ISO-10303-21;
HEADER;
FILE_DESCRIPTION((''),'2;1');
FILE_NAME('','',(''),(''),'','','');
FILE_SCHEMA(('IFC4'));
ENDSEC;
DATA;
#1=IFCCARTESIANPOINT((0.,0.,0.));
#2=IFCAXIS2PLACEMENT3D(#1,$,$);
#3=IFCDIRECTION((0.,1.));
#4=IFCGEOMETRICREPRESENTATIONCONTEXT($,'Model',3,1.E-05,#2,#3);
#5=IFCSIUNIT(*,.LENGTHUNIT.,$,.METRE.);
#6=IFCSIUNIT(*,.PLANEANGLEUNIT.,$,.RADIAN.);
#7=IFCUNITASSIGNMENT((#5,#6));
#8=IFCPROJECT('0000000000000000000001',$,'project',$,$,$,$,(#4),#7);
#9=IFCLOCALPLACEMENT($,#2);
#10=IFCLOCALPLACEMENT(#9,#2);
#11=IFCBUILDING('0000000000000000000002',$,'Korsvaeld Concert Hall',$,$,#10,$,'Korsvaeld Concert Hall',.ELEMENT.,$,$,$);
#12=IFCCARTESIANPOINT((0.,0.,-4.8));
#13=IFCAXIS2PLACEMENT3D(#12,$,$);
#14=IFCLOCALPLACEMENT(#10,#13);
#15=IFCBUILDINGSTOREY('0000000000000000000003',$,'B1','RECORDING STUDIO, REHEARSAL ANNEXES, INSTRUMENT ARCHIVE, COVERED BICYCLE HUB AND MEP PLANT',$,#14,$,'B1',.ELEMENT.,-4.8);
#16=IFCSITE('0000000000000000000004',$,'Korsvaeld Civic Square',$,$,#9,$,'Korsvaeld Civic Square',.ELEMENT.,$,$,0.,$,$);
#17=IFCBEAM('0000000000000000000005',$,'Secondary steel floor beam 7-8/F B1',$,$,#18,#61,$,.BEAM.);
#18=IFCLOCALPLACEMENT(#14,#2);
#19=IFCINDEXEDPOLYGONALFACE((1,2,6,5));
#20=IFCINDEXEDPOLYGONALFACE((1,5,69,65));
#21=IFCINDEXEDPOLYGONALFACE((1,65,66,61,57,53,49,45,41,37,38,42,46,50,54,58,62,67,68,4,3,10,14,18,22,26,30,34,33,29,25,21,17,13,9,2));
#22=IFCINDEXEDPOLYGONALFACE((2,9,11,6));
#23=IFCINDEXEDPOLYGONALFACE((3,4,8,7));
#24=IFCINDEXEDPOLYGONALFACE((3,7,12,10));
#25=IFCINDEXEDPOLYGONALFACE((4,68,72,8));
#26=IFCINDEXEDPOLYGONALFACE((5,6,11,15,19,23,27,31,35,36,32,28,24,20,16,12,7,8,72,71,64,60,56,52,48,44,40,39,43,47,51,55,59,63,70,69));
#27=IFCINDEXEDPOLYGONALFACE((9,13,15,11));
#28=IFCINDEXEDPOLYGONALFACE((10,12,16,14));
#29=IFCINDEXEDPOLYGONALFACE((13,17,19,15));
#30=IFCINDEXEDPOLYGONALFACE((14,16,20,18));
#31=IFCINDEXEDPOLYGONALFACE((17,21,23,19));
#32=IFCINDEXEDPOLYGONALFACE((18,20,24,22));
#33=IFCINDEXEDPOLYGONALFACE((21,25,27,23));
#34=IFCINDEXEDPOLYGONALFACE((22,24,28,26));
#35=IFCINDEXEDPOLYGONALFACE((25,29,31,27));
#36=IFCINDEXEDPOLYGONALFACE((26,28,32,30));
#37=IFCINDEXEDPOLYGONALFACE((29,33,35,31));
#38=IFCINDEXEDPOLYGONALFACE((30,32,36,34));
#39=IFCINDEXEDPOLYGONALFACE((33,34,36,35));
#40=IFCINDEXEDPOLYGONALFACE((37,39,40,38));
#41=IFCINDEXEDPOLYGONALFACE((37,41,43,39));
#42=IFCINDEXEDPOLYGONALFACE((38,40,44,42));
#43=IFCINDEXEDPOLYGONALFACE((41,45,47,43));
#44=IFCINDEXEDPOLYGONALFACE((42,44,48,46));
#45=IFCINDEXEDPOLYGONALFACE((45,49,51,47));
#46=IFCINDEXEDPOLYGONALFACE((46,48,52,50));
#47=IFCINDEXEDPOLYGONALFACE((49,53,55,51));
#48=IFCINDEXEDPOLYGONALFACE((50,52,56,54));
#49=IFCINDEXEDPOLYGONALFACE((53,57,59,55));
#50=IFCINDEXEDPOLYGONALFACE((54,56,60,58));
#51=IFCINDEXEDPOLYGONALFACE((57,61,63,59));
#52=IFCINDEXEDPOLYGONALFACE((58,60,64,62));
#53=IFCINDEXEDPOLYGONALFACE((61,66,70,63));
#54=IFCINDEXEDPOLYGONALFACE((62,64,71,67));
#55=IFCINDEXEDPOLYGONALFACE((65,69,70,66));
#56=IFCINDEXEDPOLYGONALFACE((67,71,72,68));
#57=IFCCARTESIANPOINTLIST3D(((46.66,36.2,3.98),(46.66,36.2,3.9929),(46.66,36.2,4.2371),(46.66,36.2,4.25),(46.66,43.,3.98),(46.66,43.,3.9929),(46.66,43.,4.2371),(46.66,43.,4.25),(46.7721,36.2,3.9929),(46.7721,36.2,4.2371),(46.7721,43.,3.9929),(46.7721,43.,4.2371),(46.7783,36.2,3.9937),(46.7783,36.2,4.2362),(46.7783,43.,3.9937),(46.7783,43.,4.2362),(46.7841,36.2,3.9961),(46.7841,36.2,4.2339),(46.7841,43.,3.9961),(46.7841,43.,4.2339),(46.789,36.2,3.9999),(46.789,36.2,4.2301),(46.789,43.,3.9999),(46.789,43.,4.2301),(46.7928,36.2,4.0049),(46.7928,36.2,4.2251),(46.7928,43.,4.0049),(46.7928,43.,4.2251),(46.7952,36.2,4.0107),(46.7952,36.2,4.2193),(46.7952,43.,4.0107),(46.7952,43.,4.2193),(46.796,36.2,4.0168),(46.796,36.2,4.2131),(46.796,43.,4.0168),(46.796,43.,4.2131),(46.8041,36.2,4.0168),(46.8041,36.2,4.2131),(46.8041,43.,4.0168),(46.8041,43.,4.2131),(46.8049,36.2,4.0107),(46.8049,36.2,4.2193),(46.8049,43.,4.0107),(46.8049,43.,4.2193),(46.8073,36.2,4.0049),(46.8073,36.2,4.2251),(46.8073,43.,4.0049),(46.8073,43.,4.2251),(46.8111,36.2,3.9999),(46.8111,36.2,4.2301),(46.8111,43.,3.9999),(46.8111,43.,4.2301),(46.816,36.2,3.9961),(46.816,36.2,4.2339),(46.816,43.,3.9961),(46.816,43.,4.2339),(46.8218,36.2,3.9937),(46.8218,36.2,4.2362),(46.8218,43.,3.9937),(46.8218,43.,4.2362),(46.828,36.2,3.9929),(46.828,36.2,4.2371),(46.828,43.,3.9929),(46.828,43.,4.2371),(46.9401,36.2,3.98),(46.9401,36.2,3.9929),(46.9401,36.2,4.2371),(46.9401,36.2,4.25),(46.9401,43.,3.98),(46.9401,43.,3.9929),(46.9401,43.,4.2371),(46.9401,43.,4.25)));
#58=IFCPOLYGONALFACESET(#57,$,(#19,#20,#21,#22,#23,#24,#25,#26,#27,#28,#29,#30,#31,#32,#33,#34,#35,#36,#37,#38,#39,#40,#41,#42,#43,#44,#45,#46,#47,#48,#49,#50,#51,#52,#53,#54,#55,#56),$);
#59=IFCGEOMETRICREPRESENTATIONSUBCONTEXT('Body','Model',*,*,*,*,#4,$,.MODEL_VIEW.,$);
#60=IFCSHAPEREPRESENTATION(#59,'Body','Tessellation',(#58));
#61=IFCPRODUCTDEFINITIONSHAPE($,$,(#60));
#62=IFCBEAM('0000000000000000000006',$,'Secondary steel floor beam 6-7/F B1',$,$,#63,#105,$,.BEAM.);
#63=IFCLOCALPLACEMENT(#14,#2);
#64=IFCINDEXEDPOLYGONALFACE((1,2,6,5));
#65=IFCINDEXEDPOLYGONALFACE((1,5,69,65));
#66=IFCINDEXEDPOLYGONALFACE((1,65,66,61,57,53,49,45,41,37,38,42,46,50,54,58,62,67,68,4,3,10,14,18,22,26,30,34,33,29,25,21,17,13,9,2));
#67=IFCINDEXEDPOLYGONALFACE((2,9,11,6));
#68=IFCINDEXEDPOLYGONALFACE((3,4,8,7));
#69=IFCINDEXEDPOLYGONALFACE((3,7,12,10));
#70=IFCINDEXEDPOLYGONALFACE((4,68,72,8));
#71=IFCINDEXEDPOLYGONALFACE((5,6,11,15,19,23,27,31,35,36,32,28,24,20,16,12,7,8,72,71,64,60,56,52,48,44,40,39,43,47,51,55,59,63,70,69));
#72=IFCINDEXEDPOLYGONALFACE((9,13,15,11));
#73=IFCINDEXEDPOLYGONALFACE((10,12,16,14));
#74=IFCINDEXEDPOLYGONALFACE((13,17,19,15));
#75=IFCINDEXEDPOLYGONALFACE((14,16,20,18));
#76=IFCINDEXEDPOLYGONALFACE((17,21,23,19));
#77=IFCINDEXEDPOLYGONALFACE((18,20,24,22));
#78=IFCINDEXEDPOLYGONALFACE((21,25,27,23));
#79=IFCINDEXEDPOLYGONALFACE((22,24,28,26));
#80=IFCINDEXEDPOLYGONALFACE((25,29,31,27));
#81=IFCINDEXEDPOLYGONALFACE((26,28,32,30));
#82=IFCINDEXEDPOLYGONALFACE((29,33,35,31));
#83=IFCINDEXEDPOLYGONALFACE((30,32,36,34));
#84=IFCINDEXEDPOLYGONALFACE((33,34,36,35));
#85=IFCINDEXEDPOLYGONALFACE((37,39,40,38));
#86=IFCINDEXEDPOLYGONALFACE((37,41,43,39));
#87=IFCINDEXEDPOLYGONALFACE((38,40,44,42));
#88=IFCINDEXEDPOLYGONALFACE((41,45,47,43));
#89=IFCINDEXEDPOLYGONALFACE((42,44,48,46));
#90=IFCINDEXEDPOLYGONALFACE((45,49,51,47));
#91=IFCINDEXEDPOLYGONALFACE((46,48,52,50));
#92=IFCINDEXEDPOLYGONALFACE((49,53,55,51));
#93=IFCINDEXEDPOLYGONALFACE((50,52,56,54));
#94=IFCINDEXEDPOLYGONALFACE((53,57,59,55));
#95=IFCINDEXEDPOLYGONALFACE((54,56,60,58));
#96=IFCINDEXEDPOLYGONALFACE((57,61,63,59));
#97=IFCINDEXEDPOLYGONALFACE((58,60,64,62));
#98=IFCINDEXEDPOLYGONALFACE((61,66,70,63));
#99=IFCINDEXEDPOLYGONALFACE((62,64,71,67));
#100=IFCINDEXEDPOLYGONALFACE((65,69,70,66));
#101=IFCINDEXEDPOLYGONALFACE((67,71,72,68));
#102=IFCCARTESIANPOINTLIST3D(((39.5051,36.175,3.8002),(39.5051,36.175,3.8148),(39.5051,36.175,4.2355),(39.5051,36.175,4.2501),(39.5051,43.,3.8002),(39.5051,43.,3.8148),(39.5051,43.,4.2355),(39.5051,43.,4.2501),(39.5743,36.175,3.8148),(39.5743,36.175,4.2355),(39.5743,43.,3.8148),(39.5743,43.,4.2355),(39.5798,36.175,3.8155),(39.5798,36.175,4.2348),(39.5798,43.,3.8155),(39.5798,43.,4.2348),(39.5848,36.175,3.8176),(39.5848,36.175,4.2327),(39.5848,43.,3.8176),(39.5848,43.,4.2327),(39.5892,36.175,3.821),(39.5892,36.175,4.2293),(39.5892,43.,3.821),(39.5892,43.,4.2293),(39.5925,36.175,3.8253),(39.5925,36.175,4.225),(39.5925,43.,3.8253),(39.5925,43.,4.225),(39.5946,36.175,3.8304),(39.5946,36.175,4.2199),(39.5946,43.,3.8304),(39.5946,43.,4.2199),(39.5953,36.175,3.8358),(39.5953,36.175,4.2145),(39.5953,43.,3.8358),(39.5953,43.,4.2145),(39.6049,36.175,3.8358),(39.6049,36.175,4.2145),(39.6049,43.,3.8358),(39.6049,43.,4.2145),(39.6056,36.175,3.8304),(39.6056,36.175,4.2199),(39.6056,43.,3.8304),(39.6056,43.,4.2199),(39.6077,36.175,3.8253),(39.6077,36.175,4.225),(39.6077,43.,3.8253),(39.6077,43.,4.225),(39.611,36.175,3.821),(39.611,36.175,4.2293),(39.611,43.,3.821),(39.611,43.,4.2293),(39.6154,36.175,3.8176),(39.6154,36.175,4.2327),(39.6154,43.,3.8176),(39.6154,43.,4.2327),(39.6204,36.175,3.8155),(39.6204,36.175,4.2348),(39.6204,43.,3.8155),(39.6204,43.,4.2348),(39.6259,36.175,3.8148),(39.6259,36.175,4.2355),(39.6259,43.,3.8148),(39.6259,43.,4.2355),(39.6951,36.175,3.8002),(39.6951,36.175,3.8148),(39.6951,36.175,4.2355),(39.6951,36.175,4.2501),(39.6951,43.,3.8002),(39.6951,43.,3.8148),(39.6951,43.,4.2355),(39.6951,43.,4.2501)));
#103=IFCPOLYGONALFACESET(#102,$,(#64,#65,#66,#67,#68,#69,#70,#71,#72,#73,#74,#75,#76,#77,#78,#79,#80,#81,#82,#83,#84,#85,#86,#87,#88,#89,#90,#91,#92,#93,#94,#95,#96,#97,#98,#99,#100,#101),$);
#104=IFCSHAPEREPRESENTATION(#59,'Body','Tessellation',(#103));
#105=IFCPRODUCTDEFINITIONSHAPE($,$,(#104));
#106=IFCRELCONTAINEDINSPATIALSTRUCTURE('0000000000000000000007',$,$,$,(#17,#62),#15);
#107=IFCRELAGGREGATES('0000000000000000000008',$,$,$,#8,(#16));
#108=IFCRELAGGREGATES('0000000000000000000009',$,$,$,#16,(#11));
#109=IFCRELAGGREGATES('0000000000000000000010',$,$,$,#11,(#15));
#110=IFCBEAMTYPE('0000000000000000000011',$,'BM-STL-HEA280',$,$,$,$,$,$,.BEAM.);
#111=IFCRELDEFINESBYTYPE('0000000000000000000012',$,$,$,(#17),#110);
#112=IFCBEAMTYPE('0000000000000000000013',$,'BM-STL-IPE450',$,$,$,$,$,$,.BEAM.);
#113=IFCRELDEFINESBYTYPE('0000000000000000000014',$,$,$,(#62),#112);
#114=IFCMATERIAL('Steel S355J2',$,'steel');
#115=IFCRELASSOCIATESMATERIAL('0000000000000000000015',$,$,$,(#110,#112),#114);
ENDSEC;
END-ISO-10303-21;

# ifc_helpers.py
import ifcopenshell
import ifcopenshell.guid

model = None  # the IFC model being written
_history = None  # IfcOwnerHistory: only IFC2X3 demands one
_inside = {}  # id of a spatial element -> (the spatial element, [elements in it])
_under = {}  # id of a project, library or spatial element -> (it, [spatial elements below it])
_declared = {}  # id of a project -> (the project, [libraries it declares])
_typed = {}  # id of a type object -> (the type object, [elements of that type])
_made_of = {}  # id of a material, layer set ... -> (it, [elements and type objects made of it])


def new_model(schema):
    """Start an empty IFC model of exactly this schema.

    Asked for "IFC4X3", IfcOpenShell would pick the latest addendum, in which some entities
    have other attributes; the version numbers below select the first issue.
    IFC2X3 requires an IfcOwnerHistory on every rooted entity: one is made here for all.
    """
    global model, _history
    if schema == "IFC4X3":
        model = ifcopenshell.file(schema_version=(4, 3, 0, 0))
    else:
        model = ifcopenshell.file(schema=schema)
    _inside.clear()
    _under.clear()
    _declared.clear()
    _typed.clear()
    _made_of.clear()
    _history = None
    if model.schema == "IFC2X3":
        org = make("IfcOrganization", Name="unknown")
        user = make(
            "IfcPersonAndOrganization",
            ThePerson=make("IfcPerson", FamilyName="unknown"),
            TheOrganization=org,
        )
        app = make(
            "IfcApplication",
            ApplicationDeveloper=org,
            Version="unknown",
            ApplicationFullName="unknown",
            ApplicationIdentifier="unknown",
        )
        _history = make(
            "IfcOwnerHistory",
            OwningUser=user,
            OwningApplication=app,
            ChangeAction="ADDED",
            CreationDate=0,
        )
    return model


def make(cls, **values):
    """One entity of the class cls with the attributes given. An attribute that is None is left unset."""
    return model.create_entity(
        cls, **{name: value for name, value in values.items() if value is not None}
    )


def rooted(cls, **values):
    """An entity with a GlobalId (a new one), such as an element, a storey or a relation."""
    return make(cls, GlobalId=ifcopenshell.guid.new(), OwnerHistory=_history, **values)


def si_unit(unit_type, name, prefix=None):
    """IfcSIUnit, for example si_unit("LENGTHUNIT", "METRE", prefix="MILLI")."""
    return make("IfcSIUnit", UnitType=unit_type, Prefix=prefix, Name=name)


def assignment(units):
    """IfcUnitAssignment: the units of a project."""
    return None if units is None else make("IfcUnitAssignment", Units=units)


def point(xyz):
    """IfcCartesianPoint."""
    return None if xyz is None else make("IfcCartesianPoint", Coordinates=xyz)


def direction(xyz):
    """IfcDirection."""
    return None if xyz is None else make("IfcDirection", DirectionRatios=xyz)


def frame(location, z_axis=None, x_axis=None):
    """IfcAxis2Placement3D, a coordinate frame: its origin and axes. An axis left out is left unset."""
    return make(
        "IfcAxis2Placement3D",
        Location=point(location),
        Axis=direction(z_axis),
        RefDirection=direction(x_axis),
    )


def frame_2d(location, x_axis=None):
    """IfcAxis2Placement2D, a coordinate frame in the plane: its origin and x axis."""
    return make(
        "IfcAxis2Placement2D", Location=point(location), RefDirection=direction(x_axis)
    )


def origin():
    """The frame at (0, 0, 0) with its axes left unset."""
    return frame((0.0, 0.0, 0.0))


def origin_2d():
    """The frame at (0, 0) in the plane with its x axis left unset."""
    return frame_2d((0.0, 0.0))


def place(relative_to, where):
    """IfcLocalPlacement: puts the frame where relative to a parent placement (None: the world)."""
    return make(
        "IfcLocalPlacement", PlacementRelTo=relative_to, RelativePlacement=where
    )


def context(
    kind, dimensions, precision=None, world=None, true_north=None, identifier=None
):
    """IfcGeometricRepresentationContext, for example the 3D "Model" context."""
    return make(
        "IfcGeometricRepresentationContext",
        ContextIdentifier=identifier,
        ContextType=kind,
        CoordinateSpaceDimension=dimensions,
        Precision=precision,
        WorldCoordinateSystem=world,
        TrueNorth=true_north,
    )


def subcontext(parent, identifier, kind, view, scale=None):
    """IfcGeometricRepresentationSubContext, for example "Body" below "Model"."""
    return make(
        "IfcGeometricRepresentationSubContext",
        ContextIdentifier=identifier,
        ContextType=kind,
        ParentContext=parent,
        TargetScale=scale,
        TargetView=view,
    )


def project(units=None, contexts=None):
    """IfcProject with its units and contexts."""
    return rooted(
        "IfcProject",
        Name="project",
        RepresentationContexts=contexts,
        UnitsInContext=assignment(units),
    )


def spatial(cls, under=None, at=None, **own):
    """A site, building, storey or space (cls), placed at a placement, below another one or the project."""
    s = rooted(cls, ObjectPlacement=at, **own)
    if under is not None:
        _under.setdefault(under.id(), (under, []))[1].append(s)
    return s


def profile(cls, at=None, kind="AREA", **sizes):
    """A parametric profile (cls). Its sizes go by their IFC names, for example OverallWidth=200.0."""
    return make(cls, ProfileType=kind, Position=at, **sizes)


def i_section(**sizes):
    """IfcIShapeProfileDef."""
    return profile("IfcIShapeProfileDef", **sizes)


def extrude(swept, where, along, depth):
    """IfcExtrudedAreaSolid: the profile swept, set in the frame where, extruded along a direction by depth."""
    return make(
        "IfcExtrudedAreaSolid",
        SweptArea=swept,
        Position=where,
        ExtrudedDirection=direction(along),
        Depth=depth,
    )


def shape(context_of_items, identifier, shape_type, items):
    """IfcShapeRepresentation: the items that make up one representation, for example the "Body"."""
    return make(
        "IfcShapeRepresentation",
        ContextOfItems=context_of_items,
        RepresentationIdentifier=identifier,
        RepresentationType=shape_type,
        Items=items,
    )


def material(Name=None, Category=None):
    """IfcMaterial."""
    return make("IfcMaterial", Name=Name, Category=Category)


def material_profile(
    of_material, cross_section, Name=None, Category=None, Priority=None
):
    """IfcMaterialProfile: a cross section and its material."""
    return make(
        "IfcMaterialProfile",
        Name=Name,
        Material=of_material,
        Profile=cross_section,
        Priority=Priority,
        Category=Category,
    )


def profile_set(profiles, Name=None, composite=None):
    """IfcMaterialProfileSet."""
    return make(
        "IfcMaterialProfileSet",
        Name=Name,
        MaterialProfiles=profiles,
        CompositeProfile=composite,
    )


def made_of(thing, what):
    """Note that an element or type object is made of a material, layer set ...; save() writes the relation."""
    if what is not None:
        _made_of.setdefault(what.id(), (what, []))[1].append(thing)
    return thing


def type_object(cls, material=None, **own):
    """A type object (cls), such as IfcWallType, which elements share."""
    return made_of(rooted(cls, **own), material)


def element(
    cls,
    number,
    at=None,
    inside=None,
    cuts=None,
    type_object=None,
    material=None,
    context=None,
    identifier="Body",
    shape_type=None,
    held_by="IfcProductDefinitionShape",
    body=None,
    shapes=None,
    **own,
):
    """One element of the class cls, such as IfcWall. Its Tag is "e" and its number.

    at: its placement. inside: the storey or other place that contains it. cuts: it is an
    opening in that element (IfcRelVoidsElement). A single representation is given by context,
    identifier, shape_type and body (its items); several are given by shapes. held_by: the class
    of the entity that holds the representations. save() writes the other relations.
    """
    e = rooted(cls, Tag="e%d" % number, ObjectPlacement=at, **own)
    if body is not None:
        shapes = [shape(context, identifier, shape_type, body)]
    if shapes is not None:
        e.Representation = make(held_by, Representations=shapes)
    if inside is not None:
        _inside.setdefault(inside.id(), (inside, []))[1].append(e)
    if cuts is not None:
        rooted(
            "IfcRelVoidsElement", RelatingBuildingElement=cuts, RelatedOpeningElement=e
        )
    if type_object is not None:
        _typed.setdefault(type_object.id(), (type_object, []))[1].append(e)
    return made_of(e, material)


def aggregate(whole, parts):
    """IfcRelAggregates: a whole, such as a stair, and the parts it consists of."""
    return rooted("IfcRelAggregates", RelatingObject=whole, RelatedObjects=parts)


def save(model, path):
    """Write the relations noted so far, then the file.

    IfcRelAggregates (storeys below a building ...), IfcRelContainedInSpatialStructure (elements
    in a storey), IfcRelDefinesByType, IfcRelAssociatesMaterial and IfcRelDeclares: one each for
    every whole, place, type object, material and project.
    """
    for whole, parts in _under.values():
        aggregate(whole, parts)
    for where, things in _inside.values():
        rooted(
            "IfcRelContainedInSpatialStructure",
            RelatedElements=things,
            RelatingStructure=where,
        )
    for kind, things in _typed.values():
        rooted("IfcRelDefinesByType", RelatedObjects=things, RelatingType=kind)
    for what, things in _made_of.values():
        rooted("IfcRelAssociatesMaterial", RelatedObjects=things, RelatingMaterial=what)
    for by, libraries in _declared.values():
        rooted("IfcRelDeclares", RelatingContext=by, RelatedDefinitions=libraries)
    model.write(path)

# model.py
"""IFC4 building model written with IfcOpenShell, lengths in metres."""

from ifc_helpers import new_model, si_unit, direction, frame, origin, origin_2d, place, context, subcontext, project, spatial, i_section, extrude, material, material_profile, profile_set, type_object, element, save


model = new_model("IFC4")

# Units and contexts
model_context = context("Model", 3, precision=1e-05, world=origin(), true_north=direction((0.0, 1.0)))
body_context = subcontext(model_context, "Body", "Model", "MODEL_VIEW")
ifc_project = project(units=[si_unit("LENGTHUNIT", "METRE"), si_unit("PLANEANGLEUNIT", "RADIAN")], contexts=[model_context])

# Site, building, storey
site_placement = place(None, origin())
site = spatial("IfcSite", under=ifc_project, at=site_placement, Name="Korsvaeld Civic Square", LongName="Korsvaeld Civic Square", CompositionType="ELEMENT", RefElevation=0.0)
building_placement = place(site_placement, origin())
building = spatial("IfcBuilding", under=site, at=building_placement, Name="Korsvaeld Concert Hall", LongName="Korsvaeld Concert Hall", CompositionType="ELEMENT")
storey_placement = place(building_placement, frame((0.0, 0.0, -4.8)))
storey = spatial("IfcBuildingStorey", under=building, at=storey_placement, Name="B1", Description="RECORDING STUDIO, REHEARSAL ANNEXES, INSTRUMENT ARCHIVE, COVERED BICYCLE HUB AND MEP PLANT", LongName="B1", CompositionType="ELEMENT", Elevation=-4.8)

# Beams
ifc_material_1 = material(Name="Steel S355J2", Category="steel")
ifc_material_profile_1 = material_profile(ifc_material_1, i_section(OverallWidth=0.28, OverallDepth=0.27, WebThickness=0.0081, FlangeThickness=0.0129, FilletRadius=0.0239, at=origin_2d()), Name="HEA 280")
ifc_profile_set_1 = profile_set([ifc_material_profile_1], Name="Steel S355J2")
beam_type_1 = type_object("IfcBeamType", Name="BM-STL-HEA280", PredefinedType="BEAM", material=ifc_profile_set_1)
beam_1_placement = place(storey_placement, frame((46.8, 36.2, 4.115), z_axis=(0.0, 1.0, 0.0), x_axis=(-1.0, 0.0, 0.0)))
element("IfcBeam", 1, at=beam_1_placement, inside=storey, type_object=beam_type_1, Name="Secondary steel floor beam 7-8/F B1", PredefinedType="BEAM", context=body_context, shape_type="SweptSolid", body=[
    extrude(i_section(OverallWidth=0.28, OverallDepth=0.27, WebThickness=0.0081, FlangeThickness=0.0129, FilletRadius=0.0239, at=origin_2d()), origin(), (0.0, 0.0, 1.0), 6.8),
])
ifc_material_profile_2 = material_profile(ifc_material_1, i_section(OverallWidth=0.1899, OverallDepth=0.45, WebThickness=0.0095, FlangeThickness=0.0146, FilletRadius=0.021, at=origin_2d()), Name="IPE 450")
ifc_profile_set_2 = profile_set([ifc_material_profile_2], Name="Steel S355J2")
beam_type_2 = type_object("IfcBeamType", Name="BM-STL-IPE450", PredefinedType="BEAM", material=ifc_profile_set_2)
beam_2_placement = place(storey_placement, frame((39.6001, 36.175, 4.0251), z_axis=(0.0, 1.0, 0.0), x_axis=(-1.0, 0.0, 0.0)))
element("IfcBeam", 2, at=beam_2_placement, inside=storey, type_object=beam_type_2, Name="Secondary steel floor beam 6-7/F B1", PredefinedType="BEAM", context=body_context, shape_type="SweptSolid", body=[
    extrude(i_section(OverallWidth=0.1899, OverallDepth=0.45, WebThickness=0.0095, FlangeThickness=0.0146, FilletRadius=0.021, at=origin_2d()), origin(), (0.0, 0.0, 1.0), 6.825),
])

save(model, "model.ifc")
